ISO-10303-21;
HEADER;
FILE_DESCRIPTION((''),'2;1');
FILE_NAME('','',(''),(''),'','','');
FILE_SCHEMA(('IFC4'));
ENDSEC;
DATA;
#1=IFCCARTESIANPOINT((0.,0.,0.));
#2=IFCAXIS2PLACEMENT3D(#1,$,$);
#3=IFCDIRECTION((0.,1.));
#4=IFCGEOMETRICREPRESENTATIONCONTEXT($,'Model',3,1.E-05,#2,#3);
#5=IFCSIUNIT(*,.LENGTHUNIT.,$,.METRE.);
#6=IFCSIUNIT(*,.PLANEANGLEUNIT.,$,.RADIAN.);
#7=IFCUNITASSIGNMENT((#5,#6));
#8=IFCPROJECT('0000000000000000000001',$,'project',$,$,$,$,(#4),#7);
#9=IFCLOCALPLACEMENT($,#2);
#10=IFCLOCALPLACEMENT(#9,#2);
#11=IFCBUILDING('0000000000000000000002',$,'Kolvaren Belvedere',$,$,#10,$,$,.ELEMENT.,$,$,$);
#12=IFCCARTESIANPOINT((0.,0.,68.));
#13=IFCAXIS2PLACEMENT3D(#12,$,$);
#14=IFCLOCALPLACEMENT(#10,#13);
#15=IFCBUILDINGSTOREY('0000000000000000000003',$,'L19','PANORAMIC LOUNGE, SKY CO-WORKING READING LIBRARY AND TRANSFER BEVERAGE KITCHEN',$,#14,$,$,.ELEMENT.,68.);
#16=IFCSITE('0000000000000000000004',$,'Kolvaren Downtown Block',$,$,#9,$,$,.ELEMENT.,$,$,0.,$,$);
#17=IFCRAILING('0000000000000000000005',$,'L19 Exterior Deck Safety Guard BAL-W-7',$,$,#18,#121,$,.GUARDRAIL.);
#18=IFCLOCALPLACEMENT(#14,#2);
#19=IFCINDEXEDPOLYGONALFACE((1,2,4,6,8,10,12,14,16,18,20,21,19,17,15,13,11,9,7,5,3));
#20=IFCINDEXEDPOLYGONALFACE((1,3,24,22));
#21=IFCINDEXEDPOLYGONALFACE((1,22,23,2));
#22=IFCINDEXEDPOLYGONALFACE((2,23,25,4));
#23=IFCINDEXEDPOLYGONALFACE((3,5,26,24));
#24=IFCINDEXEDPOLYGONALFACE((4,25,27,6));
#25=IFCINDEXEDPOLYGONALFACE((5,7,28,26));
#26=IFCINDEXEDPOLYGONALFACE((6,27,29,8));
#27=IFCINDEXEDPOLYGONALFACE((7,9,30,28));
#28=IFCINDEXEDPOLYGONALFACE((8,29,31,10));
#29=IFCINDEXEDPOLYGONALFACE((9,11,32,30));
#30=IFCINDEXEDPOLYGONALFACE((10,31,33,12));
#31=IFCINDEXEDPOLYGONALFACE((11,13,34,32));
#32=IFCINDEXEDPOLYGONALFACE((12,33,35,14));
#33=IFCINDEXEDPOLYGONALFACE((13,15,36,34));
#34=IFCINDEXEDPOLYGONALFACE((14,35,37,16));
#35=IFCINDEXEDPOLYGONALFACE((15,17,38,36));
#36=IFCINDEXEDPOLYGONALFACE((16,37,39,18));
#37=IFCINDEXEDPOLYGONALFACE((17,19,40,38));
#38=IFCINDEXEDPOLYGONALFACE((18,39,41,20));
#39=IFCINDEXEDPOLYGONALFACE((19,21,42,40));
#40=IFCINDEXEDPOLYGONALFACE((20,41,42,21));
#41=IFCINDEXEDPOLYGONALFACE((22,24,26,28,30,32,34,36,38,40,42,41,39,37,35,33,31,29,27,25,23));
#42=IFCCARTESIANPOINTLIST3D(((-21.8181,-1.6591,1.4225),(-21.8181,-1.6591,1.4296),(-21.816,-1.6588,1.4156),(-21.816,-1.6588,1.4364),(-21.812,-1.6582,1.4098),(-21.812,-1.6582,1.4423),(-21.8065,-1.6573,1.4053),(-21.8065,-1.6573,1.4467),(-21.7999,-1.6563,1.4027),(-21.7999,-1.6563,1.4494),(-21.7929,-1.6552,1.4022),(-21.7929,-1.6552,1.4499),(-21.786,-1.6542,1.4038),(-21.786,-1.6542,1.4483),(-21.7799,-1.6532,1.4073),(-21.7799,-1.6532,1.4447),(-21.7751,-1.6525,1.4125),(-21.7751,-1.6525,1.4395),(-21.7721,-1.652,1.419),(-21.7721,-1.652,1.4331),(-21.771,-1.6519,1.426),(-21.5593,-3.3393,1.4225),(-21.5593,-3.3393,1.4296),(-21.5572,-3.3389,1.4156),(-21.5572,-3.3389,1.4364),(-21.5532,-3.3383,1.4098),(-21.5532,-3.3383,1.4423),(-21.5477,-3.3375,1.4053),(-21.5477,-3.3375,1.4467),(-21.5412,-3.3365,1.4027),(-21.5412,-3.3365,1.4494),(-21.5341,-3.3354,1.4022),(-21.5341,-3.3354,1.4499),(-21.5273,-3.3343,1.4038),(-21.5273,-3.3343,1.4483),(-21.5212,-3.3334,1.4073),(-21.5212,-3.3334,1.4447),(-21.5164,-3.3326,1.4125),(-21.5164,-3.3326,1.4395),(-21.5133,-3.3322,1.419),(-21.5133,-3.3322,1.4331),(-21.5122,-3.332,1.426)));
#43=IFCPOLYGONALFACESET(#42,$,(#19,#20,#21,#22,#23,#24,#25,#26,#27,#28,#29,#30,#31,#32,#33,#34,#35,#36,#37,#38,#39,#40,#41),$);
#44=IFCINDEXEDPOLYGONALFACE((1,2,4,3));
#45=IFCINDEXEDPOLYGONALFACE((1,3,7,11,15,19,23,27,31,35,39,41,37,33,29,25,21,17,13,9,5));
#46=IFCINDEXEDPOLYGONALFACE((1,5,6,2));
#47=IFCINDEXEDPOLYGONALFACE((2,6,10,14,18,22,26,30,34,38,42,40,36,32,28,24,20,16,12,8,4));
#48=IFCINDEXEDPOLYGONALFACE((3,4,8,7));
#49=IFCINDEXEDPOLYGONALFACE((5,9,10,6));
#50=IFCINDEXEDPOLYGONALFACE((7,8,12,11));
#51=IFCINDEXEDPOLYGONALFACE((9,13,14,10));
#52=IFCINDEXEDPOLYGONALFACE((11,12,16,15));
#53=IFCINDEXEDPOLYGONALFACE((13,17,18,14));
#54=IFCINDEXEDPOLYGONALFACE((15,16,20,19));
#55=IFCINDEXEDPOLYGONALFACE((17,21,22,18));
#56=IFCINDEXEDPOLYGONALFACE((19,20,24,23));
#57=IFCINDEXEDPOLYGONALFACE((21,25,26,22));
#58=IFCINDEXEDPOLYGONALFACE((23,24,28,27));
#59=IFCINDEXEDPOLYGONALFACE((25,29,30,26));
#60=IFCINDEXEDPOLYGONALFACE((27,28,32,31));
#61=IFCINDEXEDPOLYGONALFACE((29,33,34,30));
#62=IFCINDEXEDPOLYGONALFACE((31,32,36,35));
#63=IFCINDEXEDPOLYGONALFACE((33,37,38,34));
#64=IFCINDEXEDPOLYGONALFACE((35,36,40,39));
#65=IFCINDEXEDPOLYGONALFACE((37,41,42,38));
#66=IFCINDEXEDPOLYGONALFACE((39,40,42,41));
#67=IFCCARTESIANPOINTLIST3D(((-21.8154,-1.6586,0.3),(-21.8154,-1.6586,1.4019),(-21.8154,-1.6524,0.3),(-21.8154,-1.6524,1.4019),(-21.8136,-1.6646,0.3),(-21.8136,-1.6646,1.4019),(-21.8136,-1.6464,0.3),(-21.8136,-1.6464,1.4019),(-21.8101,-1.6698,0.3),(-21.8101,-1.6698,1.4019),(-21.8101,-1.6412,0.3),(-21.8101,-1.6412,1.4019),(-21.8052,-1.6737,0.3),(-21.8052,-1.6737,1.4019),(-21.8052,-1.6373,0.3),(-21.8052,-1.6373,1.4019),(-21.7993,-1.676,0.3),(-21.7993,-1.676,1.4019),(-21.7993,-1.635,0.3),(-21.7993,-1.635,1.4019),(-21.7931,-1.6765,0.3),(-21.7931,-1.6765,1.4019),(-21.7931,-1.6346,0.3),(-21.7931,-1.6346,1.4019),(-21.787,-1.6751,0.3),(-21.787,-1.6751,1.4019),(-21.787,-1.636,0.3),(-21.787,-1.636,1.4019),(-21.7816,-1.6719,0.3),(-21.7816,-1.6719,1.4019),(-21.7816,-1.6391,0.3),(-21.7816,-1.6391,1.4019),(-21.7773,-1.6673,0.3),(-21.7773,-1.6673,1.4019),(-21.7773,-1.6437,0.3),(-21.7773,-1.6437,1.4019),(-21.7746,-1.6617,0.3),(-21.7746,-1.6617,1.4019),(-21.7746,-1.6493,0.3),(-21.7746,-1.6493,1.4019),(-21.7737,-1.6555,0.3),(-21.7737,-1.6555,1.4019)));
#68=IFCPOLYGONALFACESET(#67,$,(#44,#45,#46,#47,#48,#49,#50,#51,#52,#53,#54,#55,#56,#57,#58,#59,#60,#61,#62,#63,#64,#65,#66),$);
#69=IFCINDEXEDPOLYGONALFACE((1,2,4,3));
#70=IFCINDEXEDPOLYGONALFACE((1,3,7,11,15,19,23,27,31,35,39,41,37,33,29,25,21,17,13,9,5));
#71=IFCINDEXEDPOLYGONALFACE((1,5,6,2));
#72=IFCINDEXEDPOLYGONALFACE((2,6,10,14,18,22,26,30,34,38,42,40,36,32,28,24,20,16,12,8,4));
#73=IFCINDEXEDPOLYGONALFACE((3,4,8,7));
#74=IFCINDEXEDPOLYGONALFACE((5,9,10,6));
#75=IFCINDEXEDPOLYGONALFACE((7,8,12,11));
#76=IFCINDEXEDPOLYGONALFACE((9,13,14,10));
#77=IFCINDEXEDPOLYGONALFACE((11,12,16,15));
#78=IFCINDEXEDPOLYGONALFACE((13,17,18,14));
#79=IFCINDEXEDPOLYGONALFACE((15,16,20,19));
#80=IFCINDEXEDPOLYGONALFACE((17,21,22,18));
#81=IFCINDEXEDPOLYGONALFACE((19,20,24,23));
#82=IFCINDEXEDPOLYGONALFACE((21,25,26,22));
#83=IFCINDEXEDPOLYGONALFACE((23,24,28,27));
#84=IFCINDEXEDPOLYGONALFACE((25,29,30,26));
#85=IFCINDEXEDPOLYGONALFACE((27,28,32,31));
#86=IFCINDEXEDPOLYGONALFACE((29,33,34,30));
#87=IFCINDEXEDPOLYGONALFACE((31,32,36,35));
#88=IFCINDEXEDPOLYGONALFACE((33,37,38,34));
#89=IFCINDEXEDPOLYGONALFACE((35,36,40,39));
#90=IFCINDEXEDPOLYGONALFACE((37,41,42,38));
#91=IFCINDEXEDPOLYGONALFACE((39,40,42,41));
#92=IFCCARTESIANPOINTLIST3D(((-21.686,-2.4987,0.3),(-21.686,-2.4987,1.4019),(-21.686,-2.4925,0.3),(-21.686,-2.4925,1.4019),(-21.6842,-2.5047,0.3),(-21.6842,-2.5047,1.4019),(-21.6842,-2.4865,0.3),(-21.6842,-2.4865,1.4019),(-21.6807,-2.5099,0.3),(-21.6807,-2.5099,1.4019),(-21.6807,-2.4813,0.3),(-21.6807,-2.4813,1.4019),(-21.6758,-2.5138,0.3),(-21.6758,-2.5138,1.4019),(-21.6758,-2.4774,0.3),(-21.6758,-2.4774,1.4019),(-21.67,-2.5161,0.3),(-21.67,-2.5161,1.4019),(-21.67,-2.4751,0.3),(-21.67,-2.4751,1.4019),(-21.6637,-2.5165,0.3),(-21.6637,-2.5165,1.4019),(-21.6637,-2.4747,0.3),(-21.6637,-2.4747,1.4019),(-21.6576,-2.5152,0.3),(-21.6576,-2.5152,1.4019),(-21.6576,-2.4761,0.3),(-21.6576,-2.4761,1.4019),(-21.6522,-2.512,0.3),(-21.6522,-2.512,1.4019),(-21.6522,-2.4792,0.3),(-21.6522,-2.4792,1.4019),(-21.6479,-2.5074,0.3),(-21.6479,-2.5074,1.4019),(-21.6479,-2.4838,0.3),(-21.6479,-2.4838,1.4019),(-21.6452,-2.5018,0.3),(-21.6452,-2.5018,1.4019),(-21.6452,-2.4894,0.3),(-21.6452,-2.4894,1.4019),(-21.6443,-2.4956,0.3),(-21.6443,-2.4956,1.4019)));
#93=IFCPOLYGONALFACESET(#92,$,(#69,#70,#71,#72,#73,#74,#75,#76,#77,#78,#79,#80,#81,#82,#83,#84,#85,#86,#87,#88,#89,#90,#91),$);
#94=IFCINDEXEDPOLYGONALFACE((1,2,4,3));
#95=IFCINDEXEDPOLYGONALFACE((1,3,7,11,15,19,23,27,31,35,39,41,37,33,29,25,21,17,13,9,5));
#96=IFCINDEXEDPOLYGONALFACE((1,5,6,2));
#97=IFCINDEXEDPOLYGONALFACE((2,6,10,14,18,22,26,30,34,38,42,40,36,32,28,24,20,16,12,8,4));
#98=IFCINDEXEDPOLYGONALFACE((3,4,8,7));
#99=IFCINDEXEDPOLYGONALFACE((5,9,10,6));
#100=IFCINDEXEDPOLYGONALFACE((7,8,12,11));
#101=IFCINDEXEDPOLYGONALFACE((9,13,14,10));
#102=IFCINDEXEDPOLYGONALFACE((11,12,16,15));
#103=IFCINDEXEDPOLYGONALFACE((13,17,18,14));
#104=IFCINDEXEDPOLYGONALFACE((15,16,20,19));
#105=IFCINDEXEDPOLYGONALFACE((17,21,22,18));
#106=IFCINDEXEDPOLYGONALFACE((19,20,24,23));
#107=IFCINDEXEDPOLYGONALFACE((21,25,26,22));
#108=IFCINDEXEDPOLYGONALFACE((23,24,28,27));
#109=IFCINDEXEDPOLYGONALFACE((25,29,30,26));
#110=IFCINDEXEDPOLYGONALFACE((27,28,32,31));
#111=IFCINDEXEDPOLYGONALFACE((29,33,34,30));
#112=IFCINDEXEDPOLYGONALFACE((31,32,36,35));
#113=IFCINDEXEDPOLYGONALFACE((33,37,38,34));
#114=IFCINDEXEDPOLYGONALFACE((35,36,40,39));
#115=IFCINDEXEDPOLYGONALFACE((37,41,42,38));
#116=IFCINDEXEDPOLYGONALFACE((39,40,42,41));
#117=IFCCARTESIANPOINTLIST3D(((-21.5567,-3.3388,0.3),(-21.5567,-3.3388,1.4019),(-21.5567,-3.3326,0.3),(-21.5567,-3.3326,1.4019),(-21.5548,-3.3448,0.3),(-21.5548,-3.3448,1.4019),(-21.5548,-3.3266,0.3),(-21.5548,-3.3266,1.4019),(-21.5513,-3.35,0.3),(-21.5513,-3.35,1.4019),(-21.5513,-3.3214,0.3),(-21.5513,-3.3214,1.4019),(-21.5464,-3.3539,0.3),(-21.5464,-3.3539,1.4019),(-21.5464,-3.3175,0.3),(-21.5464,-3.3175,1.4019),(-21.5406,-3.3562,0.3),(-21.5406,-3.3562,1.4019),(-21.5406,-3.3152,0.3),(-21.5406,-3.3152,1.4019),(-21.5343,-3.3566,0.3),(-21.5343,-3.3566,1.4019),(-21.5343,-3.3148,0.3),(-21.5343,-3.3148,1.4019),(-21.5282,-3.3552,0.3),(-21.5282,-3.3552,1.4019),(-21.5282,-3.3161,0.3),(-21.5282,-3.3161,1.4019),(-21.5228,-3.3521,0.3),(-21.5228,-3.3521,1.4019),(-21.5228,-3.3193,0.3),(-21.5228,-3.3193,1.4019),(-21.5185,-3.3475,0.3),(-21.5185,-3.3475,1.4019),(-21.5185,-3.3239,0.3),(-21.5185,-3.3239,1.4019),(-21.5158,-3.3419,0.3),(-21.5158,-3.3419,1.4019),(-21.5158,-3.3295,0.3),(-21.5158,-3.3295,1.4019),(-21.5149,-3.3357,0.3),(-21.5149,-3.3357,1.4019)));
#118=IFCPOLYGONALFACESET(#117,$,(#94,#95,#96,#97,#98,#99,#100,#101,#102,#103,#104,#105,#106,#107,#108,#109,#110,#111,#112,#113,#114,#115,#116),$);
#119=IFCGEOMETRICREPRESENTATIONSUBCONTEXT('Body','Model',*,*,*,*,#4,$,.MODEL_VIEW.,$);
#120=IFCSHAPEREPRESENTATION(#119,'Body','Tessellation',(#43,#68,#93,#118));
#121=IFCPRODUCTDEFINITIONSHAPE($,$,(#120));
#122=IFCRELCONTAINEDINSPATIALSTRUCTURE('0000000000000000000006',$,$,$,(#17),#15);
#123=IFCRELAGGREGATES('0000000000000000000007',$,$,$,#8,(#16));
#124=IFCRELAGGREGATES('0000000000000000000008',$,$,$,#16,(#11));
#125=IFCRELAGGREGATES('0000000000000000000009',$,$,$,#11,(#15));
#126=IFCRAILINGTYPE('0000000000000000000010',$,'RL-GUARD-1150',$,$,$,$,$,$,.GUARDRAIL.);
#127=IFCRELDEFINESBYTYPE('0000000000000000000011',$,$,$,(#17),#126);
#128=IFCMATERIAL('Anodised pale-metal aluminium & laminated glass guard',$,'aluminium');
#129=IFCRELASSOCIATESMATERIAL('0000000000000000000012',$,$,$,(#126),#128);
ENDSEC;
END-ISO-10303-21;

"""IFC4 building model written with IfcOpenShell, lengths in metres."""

from ifc_helpers import new_model, si_unit, direction, frame, origin, origin_2d, place, context, subcontext, project, spatial, circle, extrude, material, type_object, element, save


model = new_model("IFC4")

# Units and contexts
model_context = context("Model", 3, precision=1e-05, world=origin(), true_north=direction((0.0, 1.0)))
body_context = subcontext(model_context, "Body", "Model", "MODEL_VIEW")
ifc_project = project(units=[si_unit("LENGTHUNIT", "METRE"), si_unit("PLANEANGLEUNIT", "RADIAN")], contexts=[model_context])

# Site, building, storey
site_placement = place(None, origin())
site = spatial("IfcSite", under=ifc_project, at=site_placement, Name="Kolvaren Downtown Block", CompositionType="ELEMENT", RefElevation=0.0)
building_placement = place(site_placement, origin())
building = spatial("IfcBuilding", under=site, at=building_placement, Name="Kolvaren Belvedere", CompositionType="ELEMENT")
storey_placement = place(building_placement, frame((0.0, 0.0, 68.0)))
storey = spatial("IfcBuildingStorey", under=building, at=storey_placement, Name="L19", Description="PANORAMIC LOUNGE, SKY CO-WORKING READING LIBRARY AND TRANSFER BEVERAGE KITCHEN", CompositionType="ELEMENT", Elevation=68.0)

# Railing
ifc_material_1 = material(Name="Anodised pale-metal aluminium & laminated glass guard", Category="aluminium")
railing_type = type_object("IfcRailingType", Name="RL-GUARD-1150", PredefinedType="GUARDRAIL", material=ifc_material_1)
railing_1_placement = place(storey_placement, frame((-21.7947, -1.6555, 0.3)))
element("IfcRailing", 1, at=railing_1_placement, inside=storey, type_object=railing_type, Name="L19 Exterior Deck Safety Guard BAL-W-7", PredefinedType="GUARDRAIL", context=body_context, shape_type="SweptSolid", body=[
    extrude(circle(Radius=0.0239, at=origin_2d()), frame((0.0, 0.0, 1.126), z_axis=(0.15223, -0.988345, 0.0), x_axis=(0.988345, 0.15223, 0.0)), (0.0, 0.0, 1.0), 1.7),
    extrude(circle(Radius=0.021, at=origin_2d()), origin(), (0.0, 0.0, 1.0), 1.1018),
    extrude(circle(Radius=0.021, at=origin_2d()), frame((0.1294, -0.8401, 0.0)), (0.0, 0.0, 1.0), 1.1018),
    extrude(circle(Radius=0.021, at=origin_2d()), frame((0.2588, -1.6802, 0.0)), (0.0, 0.0, 1.0), 1.1018),
])

save(model, "model.ifc")
